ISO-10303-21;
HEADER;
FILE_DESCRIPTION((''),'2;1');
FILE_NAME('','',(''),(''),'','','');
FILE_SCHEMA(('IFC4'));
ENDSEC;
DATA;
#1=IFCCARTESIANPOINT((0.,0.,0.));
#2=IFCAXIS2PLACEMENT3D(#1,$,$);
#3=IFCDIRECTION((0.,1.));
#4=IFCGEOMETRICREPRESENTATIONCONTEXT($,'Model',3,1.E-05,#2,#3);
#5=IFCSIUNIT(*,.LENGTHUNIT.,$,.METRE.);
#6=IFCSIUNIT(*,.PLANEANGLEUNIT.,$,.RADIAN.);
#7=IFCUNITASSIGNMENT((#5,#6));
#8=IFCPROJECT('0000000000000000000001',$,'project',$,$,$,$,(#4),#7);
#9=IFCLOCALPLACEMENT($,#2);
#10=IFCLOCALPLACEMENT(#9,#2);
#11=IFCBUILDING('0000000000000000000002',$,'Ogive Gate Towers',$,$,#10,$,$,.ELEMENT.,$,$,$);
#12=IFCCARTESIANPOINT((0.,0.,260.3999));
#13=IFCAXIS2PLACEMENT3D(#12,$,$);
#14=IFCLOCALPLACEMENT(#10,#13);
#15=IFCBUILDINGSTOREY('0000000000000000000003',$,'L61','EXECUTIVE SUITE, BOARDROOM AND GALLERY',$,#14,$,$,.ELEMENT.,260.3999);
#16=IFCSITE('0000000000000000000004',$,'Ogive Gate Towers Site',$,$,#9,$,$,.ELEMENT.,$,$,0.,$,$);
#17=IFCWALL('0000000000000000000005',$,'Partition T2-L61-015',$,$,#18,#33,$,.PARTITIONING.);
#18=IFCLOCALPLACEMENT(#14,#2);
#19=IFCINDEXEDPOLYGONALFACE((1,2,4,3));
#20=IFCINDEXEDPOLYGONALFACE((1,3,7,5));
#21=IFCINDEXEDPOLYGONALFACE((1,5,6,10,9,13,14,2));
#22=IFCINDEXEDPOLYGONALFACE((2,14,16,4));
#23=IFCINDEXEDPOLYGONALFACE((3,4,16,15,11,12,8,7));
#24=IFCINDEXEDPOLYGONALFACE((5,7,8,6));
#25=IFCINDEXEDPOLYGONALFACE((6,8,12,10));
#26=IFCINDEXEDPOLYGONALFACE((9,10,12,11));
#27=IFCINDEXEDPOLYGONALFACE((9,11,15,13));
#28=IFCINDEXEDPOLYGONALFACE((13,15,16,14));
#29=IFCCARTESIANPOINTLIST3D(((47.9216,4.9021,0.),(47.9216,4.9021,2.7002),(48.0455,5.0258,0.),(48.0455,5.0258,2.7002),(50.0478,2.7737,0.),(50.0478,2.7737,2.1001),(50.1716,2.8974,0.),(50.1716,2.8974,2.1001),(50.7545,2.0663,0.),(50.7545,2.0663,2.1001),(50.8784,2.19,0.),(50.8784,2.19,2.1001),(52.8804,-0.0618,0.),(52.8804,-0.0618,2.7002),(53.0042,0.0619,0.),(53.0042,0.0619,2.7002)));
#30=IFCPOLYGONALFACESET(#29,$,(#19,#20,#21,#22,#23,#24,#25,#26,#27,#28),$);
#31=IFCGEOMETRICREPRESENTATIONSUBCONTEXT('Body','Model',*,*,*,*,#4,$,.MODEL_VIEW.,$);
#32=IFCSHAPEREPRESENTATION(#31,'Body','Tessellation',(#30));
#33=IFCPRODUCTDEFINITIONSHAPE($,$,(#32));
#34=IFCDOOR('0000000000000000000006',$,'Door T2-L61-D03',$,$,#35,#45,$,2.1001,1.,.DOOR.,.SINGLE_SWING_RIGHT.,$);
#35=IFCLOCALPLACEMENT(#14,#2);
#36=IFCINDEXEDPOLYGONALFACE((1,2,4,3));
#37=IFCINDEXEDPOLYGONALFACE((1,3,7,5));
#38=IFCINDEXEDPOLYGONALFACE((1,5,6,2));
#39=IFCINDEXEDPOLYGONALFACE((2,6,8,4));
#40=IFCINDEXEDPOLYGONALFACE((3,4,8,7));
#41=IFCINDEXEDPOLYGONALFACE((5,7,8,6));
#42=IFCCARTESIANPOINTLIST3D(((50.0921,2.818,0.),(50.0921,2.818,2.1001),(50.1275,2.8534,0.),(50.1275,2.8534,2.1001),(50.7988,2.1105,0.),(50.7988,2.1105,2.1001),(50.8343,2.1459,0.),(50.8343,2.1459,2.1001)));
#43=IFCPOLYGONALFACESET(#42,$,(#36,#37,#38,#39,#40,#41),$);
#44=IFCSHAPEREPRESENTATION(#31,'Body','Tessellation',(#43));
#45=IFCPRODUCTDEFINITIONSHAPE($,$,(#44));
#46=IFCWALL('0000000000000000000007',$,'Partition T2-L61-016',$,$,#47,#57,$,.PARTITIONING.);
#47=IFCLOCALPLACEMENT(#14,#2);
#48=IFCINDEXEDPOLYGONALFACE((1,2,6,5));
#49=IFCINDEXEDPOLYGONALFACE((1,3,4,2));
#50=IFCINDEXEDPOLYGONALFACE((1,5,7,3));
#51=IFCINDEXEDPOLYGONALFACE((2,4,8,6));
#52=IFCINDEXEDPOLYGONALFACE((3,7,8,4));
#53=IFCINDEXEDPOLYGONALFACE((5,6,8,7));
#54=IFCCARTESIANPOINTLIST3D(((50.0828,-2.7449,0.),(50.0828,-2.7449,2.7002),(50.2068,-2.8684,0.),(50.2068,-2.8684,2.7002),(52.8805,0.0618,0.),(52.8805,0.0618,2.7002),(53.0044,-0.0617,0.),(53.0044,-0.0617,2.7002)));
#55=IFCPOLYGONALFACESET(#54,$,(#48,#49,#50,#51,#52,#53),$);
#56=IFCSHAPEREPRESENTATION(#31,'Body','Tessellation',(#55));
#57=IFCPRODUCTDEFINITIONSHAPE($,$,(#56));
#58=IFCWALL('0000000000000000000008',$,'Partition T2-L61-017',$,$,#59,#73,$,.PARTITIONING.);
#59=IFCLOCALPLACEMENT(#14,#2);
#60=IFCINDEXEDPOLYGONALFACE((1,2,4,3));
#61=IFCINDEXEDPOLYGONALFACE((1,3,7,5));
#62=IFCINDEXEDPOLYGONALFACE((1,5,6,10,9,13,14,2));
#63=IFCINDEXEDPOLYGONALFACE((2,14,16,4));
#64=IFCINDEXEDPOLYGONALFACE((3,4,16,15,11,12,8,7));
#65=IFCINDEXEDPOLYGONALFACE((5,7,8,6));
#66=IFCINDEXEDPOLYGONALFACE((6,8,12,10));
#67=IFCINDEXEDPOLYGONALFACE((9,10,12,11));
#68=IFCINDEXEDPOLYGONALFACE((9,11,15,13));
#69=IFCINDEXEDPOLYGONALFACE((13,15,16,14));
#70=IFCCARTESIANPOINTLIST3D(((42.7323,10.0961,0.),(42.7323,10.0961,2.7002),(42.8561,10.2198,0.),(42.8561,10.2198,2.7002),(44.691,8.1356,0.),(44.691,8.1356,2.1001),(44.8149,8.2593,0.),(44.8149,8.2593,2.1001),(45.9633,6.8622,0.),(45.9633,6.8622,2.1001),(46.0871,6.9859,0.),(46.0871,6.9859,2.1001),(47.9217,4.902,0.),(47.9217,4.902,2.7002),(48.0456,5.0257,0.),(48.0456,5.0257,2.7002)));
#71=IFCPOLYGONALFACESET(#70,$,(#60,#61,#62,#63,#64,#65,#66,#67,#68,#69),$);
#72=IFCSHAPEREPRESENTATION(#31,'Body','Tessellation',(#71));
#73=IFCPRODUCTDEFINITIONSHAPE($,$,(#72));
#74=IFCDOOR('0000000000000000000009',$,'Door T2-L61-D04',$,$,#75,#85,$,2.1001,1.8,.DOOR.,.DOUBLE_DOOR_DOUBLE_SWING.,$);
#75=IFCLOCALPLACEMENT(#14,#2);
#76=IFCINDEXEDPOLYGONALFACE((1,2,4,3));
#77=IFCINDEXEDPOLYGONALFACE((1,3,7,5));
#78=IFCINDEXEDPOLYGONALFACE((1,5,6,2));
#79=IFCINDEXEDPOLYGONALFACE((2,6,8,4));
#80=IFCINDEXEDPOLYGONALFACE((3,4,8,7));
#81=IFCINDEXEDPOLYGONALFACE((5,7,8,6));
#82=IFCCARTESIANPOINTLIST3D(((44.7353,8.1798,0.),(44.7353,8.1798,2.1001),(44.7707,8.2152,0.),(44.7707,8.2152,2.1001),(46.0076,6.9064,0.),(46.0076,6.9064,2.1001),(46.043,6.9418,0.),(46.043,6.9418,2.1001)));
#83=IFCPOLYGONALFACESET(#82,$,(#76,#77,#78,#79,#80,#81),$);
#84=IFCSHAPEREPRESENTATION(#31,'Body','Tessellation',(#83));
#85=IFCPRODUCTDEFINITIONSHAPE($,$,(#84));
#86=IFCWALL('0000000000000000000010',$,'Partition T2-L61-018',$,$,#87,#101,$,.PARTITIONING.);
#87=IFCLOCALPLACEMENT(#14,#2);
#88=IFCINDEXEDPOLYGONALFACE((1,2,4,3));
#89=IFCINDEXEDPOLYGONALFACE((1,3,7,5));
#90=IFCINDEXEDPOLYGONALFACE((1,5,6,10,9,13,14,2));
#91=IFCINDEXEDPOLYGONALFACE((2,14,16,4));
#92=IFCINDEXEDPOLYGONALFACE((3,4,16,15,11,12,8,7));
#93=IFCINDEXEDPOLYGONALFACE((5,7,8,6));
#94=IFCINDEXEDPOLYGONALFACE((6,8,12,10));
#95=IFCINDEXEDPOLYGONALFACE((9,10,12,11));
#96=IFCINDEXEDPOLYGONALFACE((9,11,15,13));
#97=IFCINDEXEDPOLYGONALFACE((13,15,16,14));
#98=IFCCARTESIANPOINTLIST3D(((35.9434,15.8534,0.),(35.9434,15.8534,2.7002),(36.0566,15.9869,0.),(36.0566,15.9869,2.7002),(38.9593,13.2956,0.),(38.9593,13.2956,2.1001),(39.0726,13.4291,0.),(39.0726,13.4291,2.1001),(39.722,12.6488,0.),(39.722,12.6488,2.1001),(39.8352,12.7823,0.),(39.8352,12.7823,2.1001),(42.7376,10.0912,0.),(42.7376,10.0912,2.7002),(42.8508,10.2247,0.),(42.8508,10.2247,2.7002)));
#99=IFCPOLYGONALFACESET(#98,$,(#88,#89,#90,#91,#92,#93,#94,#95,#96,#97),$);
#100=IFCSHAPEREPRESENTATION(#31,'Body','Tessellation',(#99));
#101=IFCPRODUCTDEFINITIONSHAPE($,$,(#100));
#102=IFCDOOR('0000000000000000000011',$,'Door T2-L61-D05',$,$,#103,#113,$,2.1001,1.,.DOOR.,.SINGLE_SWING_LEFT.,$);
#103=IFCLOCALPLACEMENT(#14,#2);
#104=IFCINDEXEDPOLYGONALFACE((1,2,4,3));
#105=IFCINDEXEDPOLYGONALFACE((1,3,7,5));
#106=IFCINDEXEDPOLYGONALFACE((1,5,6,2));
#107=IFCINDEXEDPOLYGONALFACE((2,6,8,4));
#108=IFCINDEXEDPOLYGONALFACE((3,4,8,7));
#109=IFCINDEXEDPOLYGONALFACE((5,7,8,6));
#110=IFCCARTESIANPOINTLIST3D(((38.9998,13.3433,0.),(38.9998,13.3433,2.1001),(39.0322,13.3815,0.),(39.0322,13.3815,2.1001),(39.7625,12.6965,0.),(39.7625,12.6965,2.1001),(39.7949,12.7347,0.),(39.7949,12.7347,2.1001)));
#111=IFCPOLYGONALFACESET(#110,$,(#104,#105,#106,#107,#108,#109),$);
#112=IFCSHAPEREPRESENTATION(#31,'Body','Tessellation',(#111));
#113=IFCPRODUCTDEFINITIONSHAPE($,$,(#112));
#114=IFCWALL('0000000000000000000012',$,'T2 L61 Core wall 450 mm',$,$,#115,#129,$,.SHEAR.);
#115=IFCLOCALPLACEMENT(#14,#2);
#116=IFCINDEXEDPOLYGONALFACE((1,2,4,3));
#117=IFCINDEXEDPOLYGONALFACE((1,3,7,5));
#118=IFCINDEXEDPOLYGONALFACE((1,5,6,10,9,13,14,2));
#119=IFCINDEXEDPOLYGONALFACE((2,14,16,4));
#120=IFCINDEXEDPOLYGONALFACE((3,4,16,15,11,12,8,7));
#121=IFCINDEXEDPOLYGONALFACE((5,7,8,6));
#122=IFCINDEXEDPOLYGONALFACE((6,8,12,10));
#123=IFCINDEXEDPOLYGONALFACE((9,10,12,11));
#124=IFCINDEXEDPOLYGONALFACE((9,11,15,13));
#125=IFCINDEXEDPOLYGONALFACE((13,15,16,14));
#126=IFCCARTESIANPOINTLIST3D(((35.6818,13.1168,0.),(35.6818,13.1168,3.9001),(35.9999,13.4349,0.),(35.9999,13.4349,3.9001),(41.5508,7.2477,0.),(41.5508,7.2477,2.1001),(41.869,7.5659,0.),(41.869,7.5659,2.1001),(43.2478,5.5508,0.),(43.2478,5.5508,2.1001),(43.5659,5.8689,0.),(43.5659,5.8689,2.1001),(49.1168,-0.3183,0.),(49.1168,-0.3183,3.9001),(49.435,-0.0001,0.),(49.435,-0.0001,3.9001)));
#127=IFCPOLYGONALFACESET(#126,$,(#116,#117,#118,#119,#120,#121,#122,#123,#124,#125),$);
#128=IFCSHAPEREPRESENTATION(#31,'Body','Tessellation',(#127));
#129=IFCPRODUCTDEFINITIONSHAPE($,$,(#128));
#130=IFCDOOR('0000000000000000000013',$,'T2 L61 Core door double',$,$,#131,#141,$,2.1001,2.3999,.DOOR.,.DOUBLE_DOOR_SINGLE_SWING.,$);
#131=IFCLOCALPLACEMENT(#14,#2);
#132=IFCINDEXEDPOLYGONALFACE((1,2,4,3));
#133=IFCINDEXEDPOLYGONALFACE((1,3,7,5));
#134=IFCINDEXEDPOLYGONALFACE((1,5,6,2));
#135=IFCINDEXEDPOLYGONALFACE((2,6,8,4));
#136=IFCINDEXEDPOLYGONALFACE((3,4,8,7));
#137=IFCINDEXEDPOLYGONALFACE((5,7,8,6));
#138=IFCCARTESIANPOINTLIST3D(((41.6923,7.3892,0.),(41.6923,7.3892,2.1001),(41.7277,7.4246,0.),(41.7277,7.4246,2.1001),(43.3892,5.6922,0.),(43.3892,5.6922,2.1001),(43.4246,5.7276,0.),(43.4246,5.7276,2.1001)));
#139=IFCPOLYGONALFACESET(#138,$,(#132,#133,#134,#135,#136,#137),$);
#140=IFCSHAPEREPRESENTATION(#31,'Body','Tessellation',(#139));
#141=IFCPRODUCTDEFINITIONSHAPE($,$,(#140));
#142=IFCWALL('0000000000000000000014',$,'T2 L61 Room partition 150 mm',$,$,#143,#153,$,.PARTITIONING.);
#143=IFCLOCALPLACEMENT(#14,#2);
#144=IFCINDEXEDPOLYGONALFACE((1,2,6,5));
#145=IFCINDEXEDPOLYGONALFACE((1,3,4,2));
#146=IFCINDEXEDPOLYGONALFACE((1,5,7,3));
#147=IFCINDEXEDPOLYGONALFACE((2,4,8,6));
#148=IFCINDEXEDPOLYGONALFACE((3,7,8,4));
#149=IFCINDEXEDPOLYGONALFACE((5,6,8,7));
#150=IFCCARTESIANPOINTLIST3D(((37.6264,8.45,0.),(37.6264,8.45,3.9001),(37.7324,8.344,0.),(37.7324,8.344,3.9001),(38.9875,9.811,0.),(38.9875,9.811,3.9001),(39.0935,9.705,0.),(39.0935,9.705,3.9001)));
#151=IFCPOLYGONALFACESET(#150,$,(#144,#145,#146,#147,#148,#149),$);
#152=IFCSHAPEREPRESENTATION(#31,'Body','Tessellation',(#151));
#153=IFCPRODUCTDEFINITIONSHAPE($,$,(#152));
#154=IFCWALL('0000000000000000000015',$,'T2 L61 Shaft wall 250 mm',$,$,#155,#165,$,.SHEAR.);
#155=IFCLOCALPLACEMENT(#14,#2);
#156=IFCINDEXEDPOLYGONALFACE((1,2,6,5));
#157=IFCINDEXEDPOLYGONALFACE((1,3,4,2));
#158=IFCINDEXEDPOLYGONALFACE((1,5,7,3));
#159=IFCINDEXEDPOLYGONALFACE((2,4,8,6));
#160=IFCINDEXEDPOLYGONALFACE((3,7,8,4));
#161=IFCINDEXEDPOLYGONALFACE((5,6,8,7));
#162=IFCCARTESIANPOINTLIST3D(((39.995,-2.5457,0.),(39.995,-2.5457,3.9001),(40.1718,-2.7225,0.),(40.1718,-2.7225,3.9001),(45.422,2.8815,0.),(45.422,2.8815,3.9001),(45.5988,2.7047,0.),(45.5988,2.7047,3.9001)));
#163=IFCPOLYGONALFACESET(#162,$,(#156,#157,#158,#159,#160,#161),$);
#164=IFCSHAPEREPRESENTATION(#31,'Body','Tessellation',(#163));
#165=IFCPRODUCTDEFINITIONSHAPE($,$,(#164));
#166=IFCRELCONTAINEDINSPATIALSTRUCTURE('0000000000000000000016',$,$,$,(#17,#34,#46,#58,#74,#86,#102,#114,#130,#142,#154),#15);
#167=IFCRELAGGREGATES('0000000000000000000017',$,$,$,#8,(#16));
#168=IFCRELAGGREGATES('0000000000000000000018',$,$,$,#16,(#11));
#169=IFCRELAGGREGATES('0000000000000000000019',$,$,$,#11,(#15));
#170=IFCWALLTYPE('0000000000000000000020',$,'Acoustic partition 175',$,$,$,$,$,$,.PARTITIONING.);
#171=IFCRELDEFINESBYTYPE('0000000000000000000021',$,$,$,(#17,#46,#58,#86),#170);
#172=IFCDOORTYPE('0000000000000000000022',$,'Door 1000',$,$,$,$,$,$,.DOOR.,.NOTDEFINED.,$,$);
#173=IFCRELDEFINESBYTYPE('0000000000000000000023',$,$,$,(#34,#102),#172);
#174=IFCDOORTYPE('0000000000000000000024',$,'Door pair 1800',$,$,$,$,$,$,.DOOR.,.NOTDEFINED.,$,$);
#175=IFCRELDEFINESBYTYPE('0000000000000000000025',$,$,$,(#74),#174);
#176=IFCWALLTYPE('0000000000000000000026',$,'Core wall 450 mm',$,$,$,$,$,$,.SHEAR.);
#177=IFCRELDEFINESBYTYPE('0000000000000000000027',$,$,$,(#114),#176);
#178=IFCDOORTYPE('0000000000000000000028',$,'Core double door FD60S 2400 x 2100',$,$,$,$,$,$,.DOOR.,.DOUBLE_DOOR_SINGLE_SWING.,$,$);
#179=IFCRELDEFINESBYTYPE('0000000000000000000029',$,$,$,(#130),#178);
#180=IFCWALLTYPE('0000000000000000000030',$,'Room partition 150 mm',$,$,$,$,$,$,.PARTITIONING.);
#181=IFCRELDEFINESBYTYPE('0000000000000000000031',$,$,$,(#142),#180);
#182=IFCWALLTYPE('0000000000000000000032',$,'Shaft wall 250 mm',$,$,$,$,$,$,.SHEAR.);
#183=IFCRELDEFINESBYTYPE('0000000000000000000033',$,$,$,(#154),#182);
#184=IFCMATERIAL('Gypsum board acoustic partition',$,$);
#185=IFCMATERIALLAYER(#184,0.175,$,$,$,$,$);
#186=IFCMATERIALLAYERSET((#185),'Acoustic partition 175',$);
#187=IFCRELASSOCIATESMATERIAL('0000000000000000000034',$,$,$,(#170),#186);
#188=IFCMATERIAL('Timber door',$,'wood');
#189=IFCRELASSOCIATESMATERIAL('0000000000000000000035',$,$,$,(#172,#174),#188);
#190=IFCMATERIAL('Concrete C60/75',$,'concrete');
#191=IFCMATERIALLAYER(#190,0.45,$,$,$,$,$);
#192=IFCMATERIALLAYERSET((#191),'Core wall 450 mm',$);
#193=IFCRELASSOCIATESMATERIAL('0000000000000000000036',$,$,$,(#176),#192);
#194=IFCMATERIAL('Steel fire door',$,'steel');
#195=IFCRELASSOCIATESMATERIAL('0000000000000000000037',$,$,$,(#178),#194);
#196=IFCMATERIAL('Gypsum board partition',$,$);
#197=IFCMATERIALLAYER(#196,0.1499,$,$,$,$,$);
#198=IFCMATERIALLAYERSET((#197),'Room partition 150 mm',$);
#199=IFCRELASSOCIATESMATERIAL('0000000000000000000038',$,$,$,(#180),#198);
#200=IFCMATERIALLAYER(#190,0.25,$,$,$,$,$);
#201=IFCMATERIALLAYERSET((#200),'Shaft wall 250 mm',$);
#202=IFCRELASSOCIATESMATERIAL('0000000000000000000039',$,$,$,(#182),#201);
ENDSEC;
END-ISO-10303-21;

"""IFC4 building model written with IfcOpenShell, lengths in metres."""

from ifc_helpers import new_model, si_unit, direction, frame, frame_2d, origin, place, context, subcontext, project, spatial, rectangle, extrude, material, layer, layer_set, type_object, element, fill, save


model = new_model("IFC4")

# Units and contexts
model_context = context("Model", 3, precision=1e-05, world=origin(), true_north=direction((0.0, 1.0)))
body_context = subcontext(model_context, "Body", "Model", "MODEL_VIEW")
ifc_project = project(units=[si_unit("LENGTHUNIT", "METRE"), si_unit("PLANEANGLEUNIT", "RADIAN")], contexts=[model_context])

# Site, building, storey
site_placement = place(None, origin())
site = spatial("IfcSite", under=ifc_project, at=site_placement, Name="Ogive Gate Towers Site", CompositionType="ELEMENT", RefElevation=0.0)
building_placement = place(site_placement, origin())
building = spatial("IfcBuilding", under=site, at=building_placement, Name="Ogive Gate Towers", CompositionType="ELEMENT")
storey_placement = place(building_placement, frame((0.0, 0.0, 260.3999)))
storey = spatial("IfcBuildingStorey", under=building, at=storey_placement, Name="L61", Description="EXECUTIVE SUITE, BOARDROOM AND GALLERY", CompositionType="ELEMENT", Elevation=260.3999)

# Shared definitions
ifc_material_1 = material(Name="Gypsum board acoustic partition")
ifc_layer_1 = layer(ifc_material_1, 0.175)
ifc_layer_set_1 = layer_set([ifc_layer_1], Name="Acoustic partition 175")
wall_type_1 = type_object("IfcWallType", Name="Acoustic partition 175", PredefinedType="PARTITIONING", material=ifc_layer_set_1)

# Wall, opening, door
wall_1_placement = place(storey_placement, frame((52.9424, 0.0, 0.0), z_axis=(0.0, 0.0, 1.0), x_axis=(-0.706741, 0.707472, 0.0)))
wall_1 = element("IfcWall", 1, at=wall_1_placement, inside=storey, type_object=wall_type_1, Name="Partition T2-L61-015", PredefinedType="PARTITIONING", context=body_context, shape_type="SweptSolid", body=[
    extrude(rectangle(XDim=7.0164, YDim=0.175, at=frame_2d((3.5083, 0.0))), origin(), (0.0, 0.0, 1.0), 2.7002),
])
opening_1_placement = place(wall_1_placement, frame((3.0081, 0.0, 0.0)))
opening_1 = element("IfcOpeningElement", 2, at=opening_1_placement, cuts=wall_1, PredefinedType="OPENING", context=body_context, shape_type="SweptSolid", body=[
    extrude(rectangle(XDim=1.0, YDim=2.1001, at=frame_2d((0.5, 1.05))), frame((0.0, 0.0977, 0.0), z_axis=(0.0, -1.0, 0.0), x_axis=(1.0, 0.0, 0.0)), (0.0, 0.0, 1.0), 0.1951),
])
ifc_material_2 = material(Name="Timber door", Category="wood")
door_type_1 = type_object("IfcDoorType", Name="Door 1000", OperationType="NOTDEFINED", PredefinedType="DOOR", material=ifc_material_2)
door_1_placement = place(opening_1_placement, origin())
door_1 = element("IfcDoor", 3, at=door_1_placement, inside=storey, type_object=door_type_1, Name="Door T2-L61-D03", OperationType="SINGLE_SWING_RIGHT", OverallHeight=2.1001, OverallWidth=1.0, PredefinedType="DOOR", context=body_context, shape_type="SweptSolid", body=[
    extrude(rectangle(XDim=1.0, YDim=2.1001, at=frame_2d((0.5, 1.05))), frame((0.0, 0.0249, 0.0), z_axis=(0.0, -1.0, 0.0), x_axis=(1.0, 0.0, 0.0)), (0.0, 0.0, 1.0), 0.05),
])
fill(opening_1, door_1)

# Wall
wall_2_placement = place(storey_placement, frame((50.1448, -2.8066, 0.0), z_axis=(0.0, 0.0, 1.0), x_axis=(0.705966, 0.708246, 0.0)))
element("IfcWall", 4, at=wall_2_placement, inside=storey, type_object=wall_type_1, Name="Partition T2-L61-016", PredefinedType="PARTITIONING", context=body_context, shape_type="SweptSolid", body=[
    extrude(rectangle(XDim=3.9629, YDim=0.175, at=frame_2d((1.9814, 0.0))), origin(), (0.0, 0.0, 1.0), 2.7002),
])

# Walls, openings, doors
wall_3_placement = place(storey_placement, frame((47.9836, 4.9639, 0.0), z_axis=(0.0, 0.0, 1.0), x_axis=(-0.706791, 0.707423, 0.0)))
wall_3 = element("IfcWall", 5, at=wall_3_placement, inside=storey, type_object=wall_type_1, Name="Partition T2-L61-017", PredefinedType="PARTITIONING", context=body_context, shape_type="SweptSolid", body=[
    extrude(rectangle(XDim=7.3423, YDim=0.175, at=frame_2d((3.6711, 0.0))), origin(), (0.0, 0.0, 1.0), 2.7002),
])
opening_2_placement = place(wall_3_placement, frame((2.771, 0.0, 0.0)))
opening_2 = element("IfcOpeningElement", 6, at=opening_2_placement, cuts=wall_3, PredefinedType="OPENING", context=body_context, shape_type="SweptSolid", body=[
    extrude(rectangle(XDim=1.8, YDim=2.1001, at=frame_2d((0.8999, 1.05))), frame((0.0, 0.0977, 0.0), z_axis=(0.0, -1.0, 0.0), x_axis=(1.0, 0.0, 0.0)), (0.0, 0.0, 1.0), 0.1951),
])
door_type_2 = type_object("IfcDoorType", Name="Door pair 1800", OperationType="NOTDEFINED", PredefinedType="DOOR", material=ifc_material_2)
door_2_placement = place(opening_2_placement, origin())
door_2 = element("IfcDoor", 7, at=door_2_placement, inside=storey, type_object=door_type_2, Name="Door T2-L61-D04", OperationType="DOUBLE_DOOR_DOUBLE_SWING", OverallHeight=2.1001, OverallWidth=1.8, PredefinedType="DOOR", context=body_context, shape_type="SweptSolid", body=[
    extrude(rectangle(XDim=1.8, YDim=2.1001, at=frame_2d((0.8999, 1.05))), frame((0.0, 0.0249, 0.0), z_axis=(0.0, -1.0, 0.0), x_axis=(1.0, 0.0, 0.0)), (0.0, 0.0, 1.0), 0.05),
])
fill(opening_2, door_2)
wall_4_placement = place(storey_placement, frame((42.7942, 10.158, 0.0), z_axis=(0.0, 0.0, 1.0), x_axis=(-0.762651, 0.64681, 0.0)))
wall_4 = element("IfcWall", 8, at=wall_4_placement, inside=storey, type_object=wall_type_1, Name="Partition T2-L61-018", PredefinedType="PARTITIONING", context=body_context, shape_type="SweptSolid", body=[
    extrude(rectangle(XDim=8.9087, YDim=0.175, at=frame_2d((4.4543, 0.0))), origin(), (0.0, 0.0, 1.0), 2.7002),
])
opening_3_placement = place(wall_4_placement, frame((3.9541, 0.0, 0.0)))
opening_3 = element("IfcOpeningElement", 9, at=opening_3_placement, cuts=wall_4, PredefinedType="OPENING", context=body_context, shape_type="SweptSolid", body=[
    extrude(rectangle(XDim=1.0, YDim=2.1001, at=frame_2d((0.5, 1.05))), frame((0.0, 0.0977, 0.0), z_axis=(0.0, -1.0, 0.0), x_axis=(1.0, 0.0, 0.0)), (0.0, 0.0, 1.0), 0.1951),
])
door_3_placement = place(opening_3_placement, origin())
door_3 = element("IfcDoor", 10, at=door_3_placement, inside=storey, type_object=door_type_1, Name="Door T2-L61-D05", OperationType="SINGLE_SWING_LEFT", OverallHeight=2.1001, OverallWidth=1.0, PredefinedType="DOOR", context=body_context, shape_type="SweptSolid", body=[
    extrude(rectangle(XDim=1.0, YDim=2.1001, at=frame_2d((0.5, 1.05))), frame((0.0, 0.0249, 0.0), z_axis=(0.0, -1.0, 0.0), x_axis=(1.0, 0.0, 0.0)), (0.0, 0.0, 1.0), 0.05),
])
fill(opening_3, door_3)
ifc_material_3 = material(Name="Concrete C60/75", Category="concrete")
ifc_layer_2 = layer(ifc_material_3, 0.45)
ifc_layer_set_2 = layer_set([ifc_layer_2], Name="Core wall 450 mm")
wall_type_2 = type_object("IfcWallType", Name="Core wall 450 mm", PredefinedType="SHEAR", material=ifc_layer_set_2)
wall_5_placement = place(storey_placement, frame((49.2759, -0.1592, 0.0), z_axis=(0.0, 0.0, 1.0), x_axis=(-0.707107, 0.707107, 0.0)))
wall_5 = element("IfcWall", 11, at=wall_5_placement, inside=storey, type_object=wall_type_2, Name="T2 L61 Core wall 450 mm", PredefinedType="SHEAR", context=body_context, shape_type="SweptSolid", body=[
    extrude(rectangle(XDim=19.0, YDim=0.45, at=frame_2d((9.5, 0.0))), origin(), (0.0, 0.0, 1.0), 3.9001),
])
opening_4_placement = place(wall_5_placement, frame((8.3, 0.0, 0.0)))
opening_4 = element("IfcOpeningElement", 12, at=opening_4_placement, cuts=wall_5, PredefinedType="OPENING", context=body_context, shape_type="SweptSolid", body=[
    extrude(rectangle(XDim=2.3999, YDim=2.1001, at=frame_2d((1.2, 1.05))), frame((0.0, 0.2349, 0.0), z_axis=(0.0, -1.0, 0.0), x_axis=(1.0, 0.0, 0.0)), (0.0, 0.0, 1.0), 0.47),
])
ifc_material_4 = material(Name="Steel fire door", Category="steel")
door_type_3 = type_object("IfcDoorType", Name="Core double door FD60S 2400 x 2100", OperationType="DOUBLE_DOOR_SINGLE_SWING", PredefinedType="DOOR", material=ifc_material_4)
door_4_placement = place(opening_4_placement, origin())
door_4 = element("IfcDoor", 13, at=door_4_placement, inside=storey, type_object=door_type_3, Name="T2 L61 Core door double", OperationType="DOUBLE_DOOR_SINGLE_SWING", OverallHeight=2.1001, OverallWidth=2.3999, PredefinedType="DOOR", context=body_context, shape_type="SweptSolid", body=[
    extrude(rectangle(XDim=2.3999, YDim=2.1001, at=frame_2d((1.2, 1.05))), frame((0.0, 0.0249, 0.0), z_axis=(0.0, -1.0, 0.0), x_axis=(1.0, 0.0, 0.0)), (0.0, 0.0, 1.0), 0.05),
])
fill(opening_4, door_4)

# Walls
ifc_material_5 = material(Name="Gypsum board partition")
ifc_layer_3 = layer(ifc_material_5, 0.1499)
ifc_layer_set_3 = layer_set([ifc_layer_3], Name="Room partition 150 mm")
wall_type_3 = type_object("IfcWallType", Name="Room partition 150 mm", PredefinedType="PARTITIONING", material=ifc_layer_set_3)
wall_6_placement = place(storey_placement, frame((37.6794, 8.397, 0.0), z_axis=(0.0, 0.0, 1.0), x_axis=(0.707107, 0.707107, 0.0)))
element("IfcWall", 14, at=wall_6_placement, inside=storey, type_object=wall_type_3, Name="T2 L61 Room partition 150 mm", PredefinedType="PARTITIONING", context=body_context, shape_type="SweptSolid", body=[
    extrude(rectangle(XDim=1.9248, YDim=0.1499, at=frame_2d((0.9624, 0.0))), origin(), (0.0, 0.0, 1.0), 3.9001),
])
ifc_layer_4 = layer(ifc_material_3, 0.25)
ifc_layer_set_4 = layer_set([ifc_layer_4], Name="Shaft wall 250 mm")
wall_type_4 = type_object("IfcWallType", Name="Shaft wall 250 mm", PredefinedType="SHEAR", material=ifc_layer_set_4)
wall_7_placement = place(storey_placement, frame((40.0835, -2.634, 0.0), z_axis=(0.0, 0.0, 1.0), x_axis=(0.707091, 0.707123, 0.0)))
element("IfcWall", 15, at=wall_7_placement, inside=storey, type_object=wall_type_4, Name="T2 L61 Shaft wall 250 mm", PredefinedType="SHEAR", context=body_context, shape_type="SweptSolid", body=[
    extrude(rectangle(XDim=7.675, YDim=0.25, at=frame_2d((3.8374, 0.0))), origin(), (0.0, 0.0, 1.0), 3.9001),
])

save(model, "model.ifc")
